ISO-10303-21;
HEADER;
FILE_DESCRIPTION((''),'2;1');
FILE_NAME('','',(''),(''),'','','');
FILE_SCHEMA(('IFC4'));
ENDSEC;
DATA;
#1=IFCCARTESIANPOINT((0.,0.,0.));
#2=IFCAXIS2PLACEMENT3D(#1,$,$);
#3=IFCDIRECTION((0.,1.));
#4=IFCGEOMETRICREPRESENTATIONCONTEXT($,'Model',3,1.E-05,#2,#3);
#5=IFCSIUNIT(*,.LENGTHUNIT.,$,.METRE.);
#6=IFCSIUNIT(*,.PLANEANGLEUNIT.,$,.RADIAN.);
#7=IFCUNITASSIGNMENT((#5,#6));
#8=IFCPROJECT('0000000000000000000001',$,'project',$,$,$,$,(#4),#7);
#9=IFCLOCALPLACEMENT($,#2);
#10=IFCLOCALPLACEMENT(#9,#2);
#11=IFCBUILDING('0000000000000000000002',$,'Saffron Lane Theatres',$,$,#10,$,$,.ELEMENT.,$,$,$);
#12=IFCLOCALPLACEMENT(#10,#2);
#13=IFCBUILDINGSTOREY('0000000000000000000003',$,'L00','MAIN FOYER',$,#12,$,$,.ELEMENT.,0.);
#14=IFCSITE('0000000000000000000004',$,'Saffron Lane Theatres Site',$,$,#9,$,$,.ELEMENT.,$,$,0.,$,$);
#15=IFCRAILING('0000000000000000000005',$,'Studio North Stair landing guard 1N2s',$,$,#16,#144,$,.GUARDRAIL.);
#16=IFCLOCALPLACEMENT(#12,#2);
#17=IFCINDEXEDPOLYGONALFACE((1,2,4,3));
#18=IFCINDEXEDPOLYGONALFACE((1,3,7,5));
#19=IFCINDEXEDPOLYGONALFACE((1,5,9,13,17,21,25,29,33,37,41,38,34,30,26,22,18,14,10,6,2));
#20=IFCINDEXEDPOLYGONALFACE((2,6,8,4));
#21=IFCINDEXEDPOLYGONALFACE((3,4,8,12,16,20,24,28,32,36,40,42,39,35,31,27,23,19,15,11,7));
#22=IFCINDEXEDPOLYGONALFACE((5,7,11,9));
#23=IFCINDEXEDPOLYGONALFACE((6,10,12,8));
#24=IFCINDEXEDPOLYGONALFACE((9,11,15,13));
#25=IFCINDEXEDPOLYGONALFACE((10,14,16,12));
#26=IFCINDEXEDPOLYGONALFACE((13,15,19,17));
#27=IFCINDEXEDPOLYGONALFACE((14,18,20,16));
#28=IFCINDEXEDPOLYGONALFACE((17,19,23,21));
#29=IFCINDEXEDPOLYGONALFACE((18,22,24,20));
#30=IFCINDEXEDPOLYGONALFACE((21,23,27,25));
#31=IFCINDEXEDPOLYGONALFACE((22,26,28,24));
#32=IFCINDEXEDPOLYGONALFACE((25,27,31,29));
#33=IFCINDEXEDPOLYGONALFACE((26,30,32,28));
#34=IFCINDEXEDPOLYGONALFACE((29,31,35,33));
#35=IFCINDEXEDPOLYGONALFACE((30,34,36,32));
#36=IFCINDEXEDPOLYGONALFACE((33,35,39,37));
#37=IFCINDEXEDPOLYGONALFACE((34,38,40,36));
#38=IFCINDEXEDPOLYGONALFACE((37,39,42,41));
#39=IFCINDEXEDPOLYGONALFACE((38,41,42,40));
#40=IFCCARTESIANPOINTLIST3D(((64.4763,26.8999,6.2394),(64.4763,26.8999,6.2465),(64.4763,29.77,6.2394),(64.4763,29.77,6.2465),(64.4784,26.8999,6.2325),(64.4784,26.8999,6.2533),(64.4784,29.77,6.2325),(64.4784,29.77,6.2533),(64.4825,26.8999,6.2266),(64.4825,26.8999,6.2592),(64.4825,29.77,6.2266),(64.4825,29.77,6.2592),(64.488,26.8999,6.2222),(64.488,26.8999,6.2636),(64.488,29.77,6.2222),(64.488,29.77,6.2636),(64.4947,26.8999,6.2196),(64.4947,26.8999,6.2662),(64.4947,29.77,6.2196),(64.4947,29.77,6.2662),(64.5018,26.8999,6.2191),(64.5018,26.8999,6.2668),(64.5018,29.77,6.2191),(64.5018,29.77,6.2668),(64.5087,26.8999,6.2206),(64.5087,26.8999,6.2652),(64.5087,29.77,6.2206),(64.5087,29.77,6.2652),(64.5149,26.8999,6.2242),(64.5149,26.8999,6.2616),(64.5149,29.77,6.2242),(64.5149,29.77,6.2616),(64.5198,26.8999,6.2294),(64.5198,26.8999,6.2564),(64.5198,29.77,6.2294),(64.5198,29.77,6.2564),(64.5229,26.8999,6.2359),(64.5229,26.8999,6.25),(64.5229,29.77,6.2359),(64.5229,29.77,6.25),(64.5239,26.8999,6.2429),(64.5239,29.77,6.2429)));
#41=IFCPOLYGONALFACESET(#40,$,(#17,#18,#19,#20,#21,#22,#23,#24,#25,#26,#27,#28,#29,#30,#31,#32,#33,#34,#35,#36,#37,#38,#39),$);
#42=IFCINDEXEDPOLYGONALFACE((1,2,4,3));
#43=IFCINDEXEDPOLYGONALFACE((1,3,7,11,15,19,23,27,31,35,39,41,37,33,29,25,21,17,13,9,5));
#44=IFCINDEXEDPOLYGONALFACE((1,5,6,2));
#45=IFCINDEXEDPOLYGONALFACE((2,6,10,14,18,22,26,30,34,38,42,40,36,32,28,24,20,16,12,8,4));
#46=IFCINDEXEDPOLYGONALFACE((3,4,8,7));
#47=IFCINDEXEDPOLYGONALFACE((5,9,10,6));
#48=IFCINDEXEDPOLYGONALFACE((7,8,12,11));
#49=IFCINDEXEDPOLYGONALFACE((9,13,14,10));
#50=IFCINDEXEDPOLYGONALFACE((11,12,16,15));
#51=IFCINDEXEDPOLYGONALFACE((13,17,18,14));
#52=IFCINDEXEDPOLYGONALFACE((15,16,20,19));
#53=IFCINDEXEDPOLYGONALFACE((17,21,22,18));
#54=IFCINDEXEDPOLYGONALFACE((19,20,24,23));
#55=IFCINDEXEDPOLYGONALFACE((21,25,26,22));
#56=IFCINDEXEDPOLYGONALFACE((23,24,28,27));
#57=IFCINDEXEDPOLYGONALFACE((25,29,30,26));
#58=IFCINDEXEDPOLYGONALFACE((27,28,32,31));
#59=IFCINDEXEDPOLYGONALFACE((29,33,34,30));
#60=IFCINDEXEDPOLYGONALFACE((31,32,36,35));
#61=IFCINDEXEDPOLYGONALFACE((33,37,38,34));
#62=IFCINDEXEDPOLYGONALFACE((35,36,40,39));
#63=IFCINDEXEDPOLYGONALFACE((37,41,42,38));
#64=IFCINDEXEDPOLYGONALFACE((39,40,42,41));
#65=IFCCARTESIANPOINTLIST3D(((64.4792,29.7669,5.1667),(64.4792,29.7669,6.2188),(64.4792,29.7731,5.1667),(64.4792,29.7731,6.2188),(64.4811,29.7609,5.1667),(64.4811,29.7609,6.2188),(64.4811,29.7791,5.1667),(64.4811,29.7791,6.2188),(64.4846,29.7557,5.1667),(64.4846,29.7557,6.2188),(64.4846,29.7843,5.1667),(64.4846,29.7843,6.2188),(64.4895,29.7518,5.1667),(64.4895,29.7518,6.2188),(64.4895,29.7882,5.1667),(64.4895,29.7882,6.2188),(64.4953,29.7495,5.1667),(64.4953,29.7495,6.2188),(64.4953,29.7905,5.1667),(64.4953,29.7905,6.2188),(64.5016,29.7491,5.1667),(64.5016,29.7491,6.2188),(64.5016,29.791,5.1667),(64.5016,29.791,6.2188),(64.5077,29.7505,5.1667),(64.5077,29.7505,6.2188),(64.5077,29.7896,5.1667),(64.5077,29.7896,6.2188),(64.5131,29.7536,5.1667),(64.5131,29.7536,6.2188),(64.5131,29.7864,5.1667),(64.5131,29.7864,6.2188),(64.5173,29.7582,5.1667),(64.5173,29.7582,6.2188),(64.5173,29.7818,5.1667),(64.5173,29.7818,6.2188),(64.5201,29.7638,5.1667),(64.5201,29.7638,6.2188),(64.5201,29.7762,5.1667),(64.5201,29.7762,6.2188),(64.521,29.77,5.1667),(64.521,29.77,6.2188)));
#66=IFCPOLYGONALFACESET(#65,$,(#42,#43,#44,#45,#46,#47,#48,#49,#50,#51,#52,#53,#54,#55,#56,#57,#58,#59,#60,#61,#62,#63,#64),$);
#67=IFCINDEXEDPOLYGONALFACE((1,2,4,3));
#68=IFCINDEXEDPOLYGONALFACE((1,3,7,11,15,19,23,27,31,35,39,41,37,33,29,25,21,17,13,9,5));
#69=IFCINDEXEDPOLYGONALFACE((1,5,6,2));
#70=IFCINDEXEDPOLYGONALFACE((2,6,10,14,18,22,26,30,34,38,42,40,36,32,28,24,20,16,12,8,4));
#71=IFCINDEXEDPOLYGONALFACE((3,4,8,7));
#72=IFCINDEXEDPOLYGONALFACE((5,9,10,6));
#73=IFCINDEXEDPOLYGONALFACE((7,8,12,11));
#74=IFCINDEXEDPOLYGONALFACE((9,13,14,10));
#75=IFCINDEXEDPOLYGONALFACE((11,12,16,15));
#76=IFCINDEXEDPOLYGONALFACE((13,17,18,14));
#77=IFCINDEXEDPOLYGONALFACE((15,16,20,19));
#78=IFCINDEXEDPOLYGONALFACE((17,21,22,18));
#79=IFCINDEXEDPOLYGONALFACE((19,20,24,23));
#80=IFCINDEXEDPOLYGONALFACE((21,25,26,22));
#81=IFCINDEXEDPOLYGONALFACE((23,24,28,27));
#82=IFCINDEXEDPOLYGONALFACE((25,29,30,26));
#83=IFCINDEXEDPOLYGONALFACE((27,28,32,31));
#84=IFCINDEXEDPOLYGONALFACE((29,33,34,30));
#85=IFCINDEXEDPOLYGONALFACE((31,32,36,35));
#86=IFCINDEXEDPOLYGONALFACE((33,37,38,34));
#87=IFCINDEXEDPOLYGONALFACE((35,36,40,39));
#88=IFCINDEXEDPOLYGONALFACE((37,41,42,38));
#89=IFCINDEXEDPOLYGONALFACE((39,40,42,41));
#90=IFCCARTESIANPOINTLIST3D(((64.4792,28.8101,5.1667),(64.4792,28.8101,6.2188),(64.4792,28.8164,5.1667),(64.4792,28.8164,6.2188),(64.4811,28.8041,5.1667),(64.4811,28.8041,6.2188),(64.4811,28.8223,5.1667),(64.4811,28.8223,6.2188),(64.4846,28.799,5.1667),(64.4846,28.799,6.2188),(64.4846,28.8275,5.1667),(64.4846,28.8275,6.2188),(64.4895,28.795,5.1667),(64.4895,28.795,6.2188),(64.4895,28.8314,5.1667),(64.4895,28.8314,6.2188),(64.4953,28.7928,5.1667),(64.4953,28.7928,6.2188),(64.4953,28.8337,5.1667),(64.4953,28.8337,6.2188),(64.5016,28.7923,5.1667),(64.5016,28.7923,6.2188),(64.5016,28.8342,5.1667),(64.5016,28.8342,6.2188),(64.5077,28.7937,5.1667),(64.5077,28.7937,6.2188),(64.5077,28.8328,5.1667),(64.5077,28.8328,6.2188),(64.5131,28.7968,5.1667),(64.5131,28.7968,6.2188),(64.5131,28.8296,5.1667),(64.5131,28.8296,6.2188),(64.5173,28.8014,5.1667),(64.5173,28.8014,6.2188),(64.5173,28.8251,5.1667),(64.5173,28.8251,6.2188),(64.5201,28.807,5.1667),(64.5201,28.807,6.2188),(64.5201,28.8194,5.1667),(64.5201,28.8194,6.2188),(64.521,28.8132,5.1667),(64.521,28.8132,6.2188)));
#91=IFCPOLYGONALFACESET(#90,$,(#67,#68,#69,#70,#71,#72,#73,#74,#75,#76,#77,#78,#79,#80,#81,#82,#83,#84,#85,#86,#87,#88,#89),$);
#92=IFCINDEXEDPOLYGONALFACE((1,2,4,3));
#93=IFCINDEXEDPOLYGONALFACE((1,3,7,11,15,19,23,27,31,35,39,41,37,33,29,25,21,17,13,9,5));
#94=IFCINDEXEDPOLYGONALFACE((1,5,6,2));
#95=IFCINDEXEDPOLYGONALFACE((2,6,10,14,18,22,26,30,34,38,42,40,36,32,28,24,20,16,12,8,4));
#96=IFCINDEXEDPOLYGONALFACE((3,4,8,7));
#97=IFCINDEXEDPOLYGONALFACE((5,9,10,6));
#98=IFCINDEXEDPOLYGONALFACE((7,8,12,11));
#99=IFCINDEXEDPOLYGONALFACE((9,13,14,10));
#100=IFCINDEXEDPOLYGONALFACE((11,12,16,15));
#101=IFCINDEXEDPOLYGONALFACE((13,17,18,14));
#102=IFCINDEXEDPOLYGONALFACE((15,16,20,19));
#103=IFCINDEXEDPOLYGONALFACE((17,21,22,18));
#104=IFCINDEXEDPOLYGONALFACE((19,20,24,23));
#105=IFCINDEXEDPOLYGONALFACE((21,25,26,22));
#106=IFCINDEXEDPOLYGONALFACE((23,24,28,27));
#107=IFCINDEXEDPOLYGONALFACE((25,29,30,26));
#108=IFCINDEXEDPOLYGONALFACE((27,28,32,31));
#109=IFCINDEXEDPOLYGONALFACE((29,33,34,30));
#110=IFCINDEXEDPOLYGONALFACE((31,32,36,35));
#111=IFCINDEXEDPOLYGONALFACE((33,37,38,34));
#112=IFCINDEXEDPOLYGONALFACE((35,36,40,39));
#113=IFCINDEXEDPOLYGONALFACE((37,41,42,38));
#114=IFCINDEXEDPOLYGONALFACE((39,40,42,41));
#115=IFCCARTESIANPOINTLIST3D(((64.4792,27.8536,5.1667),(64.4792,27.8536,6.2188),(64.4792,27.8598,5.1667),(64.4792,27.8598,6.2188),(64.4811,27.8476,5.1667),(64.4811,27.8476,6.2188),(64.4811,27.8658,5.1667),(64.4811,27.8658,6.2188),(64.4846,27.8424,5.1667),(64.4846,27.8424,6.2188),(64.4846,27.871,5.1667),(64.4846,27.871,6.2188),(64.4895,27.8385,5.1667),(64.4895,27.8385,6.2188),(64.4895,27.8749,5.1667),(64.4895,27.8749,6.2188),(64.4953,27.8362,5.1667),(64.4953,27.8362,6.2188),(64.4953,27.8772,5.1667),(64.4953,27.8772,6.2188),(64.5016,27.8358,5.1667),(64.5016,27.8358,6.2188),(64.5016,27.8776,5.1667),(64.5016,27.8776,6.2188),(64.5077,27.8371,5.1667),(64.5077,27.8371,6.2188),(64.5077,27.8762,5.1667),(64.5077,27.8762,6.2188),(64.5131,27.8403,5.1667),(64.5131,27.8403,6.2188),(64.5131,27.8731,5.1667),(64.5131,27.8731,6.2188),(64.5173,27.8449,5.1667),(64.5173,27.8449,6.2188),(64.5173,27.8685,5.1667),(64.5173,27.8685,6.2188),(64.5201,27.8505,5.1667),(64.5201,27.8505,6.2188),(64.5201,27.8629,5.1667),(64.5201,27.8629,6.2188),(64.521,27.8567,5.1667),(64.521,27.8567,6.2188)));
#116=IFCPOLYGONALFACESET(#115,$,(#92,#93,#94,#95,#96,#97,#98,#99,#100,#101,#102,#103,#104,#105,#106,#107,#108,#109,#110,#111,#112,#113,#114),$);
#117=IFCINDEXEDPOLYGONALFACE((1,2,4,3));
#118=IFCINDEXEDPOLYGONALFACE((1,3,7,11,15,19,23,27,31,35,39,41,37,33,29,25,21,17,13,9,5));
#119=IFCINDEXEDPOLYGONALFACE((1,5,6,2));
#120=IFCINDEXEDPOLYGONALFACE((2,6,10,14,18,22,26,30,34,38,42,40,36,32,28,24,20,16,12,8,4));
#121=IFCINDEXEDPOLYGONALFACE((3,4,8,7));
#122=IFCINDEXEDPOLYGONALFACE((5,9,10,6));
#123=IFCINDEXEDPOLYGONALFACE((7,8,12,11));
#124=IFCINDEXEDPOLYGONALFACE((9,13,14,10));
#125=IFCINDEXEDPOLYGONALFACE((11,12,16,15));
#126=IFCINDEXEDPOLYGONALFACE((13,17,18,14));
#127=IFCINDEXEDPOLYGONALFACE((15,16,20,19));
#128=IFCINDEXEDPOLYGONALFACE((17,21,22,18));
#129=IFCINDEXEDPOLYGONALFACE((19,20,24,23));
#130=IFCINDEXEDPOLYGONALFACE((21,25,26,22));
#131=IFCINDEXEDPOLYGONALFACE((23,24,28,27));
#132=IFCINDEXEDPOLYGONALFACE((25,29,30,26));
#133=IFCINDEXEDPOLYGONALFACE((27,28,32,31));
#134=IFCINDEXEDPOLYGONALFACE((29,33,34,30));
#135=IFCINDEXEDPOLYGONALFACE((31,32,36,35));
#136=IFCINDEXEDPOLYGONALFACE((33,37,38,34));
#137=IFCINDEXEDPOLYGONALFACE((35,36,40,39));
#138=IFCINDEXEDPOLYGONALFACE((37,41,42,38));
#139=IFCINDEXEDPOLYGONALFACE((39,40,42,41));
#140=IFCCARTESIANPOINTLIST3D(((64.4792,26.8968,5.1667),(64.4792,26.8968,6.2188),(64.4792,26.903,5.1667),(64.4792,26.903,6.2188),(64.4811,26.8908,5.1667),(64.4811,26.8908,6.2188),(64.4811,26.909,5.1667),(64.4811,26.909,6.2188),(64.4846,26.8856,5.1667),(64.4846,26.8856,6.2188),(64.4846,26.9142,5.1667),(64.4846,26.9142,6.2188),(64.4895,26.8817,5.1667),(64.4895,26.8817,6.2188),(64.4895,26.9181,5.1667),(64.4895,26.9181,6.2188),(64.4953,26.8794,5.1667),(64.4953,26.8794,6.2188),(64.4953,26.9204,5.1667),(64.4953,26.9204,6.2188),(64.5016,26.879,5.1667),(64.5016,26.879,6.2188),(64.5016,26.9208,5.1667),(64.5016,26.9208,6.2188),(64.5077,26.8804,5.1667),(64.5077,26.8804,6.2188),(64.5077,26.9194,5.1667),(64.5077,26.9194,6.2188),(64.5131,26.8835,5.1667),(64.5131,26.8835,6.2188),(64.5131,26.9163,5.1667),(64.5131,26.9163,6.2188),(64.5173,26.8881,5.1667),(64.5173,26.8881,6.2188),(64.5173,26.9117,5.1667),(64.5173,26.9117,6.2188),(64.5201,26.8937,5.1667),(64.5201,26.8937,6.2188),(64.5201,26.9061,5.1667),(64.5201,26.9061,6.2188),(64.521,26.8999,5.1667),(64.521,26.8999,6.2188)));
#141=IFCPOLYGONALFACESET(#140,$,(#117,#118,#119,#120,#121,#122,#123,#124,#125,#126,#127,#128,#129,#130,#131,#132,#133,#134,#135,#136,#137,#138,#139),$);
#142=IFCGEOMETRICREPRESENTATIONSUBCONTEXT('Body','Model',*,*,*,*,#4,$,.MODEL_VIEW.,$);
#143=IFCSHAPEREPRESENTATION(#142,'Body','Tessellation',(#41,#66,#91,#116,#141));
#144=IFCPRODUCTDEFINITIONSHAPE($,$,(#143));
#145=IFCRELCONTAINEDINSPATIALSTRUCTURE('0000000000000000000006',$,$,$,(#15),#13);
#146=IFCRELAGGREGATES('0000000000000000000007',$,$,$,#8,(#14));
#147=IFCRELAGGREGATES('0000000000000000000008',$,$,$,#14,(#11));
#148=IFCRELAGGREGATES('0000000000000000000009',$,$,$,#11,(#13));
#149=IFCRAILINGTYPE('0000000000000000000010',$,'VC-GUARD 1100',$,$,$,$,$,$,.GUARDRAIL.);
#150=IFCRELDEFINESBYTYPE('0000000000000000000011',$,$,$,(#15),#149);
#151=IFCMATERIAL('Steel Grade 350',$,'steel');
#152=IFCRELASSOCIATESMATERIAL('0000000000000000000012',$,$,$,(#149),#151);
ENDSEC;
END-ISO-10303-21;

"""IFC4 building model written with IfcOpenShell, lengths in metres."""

from ifc_helpers import new_model, si_unit, direction, frame, origin, origin_2d, place, context, subcontext, project, spatial, circle, extrude, material, type_object, element, save


model = new_model("IFC4")

# Units and contexts
model_context = context("Model", 3, precision=1e-05, world=origin(), true_north=direction((0.0, 1.0)))
body_context = subcontext(model_context, "Body", "Model", "MODEL_VIEW")
ifc_project = project(units=[si_unit("LENGTHUNIT", "METRE"), si_unit("PLANEANGLEUNIT", "RADIAN")], contexts=[model_context])

# Site, building, storey
site_placement = place(None, origin())
site = spatial("IfcSite", under=ifc_project, at=site_placement, Name="Saffron Lane Theatres Site", CompositionType="ELEMENT", RefElevation=0.0)
building_placement = place(site_placement, origin())
building = spatial("IfcBuilding", under=site, at=building_placement, Name="Saffron Lane Theatres", CompositionType="ELEMENT")
storey_placement = place(building_placement, origin())
storey = spatial("IfcBuildingStorey", under=building, at=storey_placement, Name="L00", Description="MAIN FOYER", CompositionType="ELEMENT", Elevation=0.0)

# Railing
ifc_material_1 = material(Name="Steel Grade 350", Category="steel")
railing_type_1 = type_object("IfcRailingType", Name="VC-GUARD 1100", PredefinedType="GUARDRAIL", material=ifc_material_1)
railing_1_placement = place(storey_placement, frame((64.5, 29.77, 5.1667)))
element("IfcRailing", 1, at=railing_1_placement, inside=storey, type_object=railing_type_1, Name="Studio North Stair landing guard 1N2s", PredefinedType="GUARDRAIL", context=body_context, shape_type="SweptSolid", body=[
    extrude(circle(Radius=0.0239, at=origin_2d()), frame((0.0, 0.0, 1.0762), z_axis=(0.0, -1.0, 0.0), x_axis=(1.0, 0.0, 0.0)), (0.0, 0.0, 1.0), 2.8701),
    extrude(circle(Radius=0.021, at=origin_2d()), origin(), (0.0, 0.0, 1.0), 1.052),
    extrude(circle(Radius=0.021, at=origin_2d()), frame((0.0, -0.9568, 0.0)), (0.0, 0.0, 1.0), 1.052),
    extrude(circle(Radius=0.021, at=origin_2d()), frame((0.0, -1.9133, 0.0)), (0.0, 0.0, 1.0), 1.052),
    extrude(circle(Radius=0.021, at=origin_2d()), frame((0.0, -2.8701, 0.0)), (0.0, 0.0, 1.0), 1.052),
])

save(model, "model.ifc")
